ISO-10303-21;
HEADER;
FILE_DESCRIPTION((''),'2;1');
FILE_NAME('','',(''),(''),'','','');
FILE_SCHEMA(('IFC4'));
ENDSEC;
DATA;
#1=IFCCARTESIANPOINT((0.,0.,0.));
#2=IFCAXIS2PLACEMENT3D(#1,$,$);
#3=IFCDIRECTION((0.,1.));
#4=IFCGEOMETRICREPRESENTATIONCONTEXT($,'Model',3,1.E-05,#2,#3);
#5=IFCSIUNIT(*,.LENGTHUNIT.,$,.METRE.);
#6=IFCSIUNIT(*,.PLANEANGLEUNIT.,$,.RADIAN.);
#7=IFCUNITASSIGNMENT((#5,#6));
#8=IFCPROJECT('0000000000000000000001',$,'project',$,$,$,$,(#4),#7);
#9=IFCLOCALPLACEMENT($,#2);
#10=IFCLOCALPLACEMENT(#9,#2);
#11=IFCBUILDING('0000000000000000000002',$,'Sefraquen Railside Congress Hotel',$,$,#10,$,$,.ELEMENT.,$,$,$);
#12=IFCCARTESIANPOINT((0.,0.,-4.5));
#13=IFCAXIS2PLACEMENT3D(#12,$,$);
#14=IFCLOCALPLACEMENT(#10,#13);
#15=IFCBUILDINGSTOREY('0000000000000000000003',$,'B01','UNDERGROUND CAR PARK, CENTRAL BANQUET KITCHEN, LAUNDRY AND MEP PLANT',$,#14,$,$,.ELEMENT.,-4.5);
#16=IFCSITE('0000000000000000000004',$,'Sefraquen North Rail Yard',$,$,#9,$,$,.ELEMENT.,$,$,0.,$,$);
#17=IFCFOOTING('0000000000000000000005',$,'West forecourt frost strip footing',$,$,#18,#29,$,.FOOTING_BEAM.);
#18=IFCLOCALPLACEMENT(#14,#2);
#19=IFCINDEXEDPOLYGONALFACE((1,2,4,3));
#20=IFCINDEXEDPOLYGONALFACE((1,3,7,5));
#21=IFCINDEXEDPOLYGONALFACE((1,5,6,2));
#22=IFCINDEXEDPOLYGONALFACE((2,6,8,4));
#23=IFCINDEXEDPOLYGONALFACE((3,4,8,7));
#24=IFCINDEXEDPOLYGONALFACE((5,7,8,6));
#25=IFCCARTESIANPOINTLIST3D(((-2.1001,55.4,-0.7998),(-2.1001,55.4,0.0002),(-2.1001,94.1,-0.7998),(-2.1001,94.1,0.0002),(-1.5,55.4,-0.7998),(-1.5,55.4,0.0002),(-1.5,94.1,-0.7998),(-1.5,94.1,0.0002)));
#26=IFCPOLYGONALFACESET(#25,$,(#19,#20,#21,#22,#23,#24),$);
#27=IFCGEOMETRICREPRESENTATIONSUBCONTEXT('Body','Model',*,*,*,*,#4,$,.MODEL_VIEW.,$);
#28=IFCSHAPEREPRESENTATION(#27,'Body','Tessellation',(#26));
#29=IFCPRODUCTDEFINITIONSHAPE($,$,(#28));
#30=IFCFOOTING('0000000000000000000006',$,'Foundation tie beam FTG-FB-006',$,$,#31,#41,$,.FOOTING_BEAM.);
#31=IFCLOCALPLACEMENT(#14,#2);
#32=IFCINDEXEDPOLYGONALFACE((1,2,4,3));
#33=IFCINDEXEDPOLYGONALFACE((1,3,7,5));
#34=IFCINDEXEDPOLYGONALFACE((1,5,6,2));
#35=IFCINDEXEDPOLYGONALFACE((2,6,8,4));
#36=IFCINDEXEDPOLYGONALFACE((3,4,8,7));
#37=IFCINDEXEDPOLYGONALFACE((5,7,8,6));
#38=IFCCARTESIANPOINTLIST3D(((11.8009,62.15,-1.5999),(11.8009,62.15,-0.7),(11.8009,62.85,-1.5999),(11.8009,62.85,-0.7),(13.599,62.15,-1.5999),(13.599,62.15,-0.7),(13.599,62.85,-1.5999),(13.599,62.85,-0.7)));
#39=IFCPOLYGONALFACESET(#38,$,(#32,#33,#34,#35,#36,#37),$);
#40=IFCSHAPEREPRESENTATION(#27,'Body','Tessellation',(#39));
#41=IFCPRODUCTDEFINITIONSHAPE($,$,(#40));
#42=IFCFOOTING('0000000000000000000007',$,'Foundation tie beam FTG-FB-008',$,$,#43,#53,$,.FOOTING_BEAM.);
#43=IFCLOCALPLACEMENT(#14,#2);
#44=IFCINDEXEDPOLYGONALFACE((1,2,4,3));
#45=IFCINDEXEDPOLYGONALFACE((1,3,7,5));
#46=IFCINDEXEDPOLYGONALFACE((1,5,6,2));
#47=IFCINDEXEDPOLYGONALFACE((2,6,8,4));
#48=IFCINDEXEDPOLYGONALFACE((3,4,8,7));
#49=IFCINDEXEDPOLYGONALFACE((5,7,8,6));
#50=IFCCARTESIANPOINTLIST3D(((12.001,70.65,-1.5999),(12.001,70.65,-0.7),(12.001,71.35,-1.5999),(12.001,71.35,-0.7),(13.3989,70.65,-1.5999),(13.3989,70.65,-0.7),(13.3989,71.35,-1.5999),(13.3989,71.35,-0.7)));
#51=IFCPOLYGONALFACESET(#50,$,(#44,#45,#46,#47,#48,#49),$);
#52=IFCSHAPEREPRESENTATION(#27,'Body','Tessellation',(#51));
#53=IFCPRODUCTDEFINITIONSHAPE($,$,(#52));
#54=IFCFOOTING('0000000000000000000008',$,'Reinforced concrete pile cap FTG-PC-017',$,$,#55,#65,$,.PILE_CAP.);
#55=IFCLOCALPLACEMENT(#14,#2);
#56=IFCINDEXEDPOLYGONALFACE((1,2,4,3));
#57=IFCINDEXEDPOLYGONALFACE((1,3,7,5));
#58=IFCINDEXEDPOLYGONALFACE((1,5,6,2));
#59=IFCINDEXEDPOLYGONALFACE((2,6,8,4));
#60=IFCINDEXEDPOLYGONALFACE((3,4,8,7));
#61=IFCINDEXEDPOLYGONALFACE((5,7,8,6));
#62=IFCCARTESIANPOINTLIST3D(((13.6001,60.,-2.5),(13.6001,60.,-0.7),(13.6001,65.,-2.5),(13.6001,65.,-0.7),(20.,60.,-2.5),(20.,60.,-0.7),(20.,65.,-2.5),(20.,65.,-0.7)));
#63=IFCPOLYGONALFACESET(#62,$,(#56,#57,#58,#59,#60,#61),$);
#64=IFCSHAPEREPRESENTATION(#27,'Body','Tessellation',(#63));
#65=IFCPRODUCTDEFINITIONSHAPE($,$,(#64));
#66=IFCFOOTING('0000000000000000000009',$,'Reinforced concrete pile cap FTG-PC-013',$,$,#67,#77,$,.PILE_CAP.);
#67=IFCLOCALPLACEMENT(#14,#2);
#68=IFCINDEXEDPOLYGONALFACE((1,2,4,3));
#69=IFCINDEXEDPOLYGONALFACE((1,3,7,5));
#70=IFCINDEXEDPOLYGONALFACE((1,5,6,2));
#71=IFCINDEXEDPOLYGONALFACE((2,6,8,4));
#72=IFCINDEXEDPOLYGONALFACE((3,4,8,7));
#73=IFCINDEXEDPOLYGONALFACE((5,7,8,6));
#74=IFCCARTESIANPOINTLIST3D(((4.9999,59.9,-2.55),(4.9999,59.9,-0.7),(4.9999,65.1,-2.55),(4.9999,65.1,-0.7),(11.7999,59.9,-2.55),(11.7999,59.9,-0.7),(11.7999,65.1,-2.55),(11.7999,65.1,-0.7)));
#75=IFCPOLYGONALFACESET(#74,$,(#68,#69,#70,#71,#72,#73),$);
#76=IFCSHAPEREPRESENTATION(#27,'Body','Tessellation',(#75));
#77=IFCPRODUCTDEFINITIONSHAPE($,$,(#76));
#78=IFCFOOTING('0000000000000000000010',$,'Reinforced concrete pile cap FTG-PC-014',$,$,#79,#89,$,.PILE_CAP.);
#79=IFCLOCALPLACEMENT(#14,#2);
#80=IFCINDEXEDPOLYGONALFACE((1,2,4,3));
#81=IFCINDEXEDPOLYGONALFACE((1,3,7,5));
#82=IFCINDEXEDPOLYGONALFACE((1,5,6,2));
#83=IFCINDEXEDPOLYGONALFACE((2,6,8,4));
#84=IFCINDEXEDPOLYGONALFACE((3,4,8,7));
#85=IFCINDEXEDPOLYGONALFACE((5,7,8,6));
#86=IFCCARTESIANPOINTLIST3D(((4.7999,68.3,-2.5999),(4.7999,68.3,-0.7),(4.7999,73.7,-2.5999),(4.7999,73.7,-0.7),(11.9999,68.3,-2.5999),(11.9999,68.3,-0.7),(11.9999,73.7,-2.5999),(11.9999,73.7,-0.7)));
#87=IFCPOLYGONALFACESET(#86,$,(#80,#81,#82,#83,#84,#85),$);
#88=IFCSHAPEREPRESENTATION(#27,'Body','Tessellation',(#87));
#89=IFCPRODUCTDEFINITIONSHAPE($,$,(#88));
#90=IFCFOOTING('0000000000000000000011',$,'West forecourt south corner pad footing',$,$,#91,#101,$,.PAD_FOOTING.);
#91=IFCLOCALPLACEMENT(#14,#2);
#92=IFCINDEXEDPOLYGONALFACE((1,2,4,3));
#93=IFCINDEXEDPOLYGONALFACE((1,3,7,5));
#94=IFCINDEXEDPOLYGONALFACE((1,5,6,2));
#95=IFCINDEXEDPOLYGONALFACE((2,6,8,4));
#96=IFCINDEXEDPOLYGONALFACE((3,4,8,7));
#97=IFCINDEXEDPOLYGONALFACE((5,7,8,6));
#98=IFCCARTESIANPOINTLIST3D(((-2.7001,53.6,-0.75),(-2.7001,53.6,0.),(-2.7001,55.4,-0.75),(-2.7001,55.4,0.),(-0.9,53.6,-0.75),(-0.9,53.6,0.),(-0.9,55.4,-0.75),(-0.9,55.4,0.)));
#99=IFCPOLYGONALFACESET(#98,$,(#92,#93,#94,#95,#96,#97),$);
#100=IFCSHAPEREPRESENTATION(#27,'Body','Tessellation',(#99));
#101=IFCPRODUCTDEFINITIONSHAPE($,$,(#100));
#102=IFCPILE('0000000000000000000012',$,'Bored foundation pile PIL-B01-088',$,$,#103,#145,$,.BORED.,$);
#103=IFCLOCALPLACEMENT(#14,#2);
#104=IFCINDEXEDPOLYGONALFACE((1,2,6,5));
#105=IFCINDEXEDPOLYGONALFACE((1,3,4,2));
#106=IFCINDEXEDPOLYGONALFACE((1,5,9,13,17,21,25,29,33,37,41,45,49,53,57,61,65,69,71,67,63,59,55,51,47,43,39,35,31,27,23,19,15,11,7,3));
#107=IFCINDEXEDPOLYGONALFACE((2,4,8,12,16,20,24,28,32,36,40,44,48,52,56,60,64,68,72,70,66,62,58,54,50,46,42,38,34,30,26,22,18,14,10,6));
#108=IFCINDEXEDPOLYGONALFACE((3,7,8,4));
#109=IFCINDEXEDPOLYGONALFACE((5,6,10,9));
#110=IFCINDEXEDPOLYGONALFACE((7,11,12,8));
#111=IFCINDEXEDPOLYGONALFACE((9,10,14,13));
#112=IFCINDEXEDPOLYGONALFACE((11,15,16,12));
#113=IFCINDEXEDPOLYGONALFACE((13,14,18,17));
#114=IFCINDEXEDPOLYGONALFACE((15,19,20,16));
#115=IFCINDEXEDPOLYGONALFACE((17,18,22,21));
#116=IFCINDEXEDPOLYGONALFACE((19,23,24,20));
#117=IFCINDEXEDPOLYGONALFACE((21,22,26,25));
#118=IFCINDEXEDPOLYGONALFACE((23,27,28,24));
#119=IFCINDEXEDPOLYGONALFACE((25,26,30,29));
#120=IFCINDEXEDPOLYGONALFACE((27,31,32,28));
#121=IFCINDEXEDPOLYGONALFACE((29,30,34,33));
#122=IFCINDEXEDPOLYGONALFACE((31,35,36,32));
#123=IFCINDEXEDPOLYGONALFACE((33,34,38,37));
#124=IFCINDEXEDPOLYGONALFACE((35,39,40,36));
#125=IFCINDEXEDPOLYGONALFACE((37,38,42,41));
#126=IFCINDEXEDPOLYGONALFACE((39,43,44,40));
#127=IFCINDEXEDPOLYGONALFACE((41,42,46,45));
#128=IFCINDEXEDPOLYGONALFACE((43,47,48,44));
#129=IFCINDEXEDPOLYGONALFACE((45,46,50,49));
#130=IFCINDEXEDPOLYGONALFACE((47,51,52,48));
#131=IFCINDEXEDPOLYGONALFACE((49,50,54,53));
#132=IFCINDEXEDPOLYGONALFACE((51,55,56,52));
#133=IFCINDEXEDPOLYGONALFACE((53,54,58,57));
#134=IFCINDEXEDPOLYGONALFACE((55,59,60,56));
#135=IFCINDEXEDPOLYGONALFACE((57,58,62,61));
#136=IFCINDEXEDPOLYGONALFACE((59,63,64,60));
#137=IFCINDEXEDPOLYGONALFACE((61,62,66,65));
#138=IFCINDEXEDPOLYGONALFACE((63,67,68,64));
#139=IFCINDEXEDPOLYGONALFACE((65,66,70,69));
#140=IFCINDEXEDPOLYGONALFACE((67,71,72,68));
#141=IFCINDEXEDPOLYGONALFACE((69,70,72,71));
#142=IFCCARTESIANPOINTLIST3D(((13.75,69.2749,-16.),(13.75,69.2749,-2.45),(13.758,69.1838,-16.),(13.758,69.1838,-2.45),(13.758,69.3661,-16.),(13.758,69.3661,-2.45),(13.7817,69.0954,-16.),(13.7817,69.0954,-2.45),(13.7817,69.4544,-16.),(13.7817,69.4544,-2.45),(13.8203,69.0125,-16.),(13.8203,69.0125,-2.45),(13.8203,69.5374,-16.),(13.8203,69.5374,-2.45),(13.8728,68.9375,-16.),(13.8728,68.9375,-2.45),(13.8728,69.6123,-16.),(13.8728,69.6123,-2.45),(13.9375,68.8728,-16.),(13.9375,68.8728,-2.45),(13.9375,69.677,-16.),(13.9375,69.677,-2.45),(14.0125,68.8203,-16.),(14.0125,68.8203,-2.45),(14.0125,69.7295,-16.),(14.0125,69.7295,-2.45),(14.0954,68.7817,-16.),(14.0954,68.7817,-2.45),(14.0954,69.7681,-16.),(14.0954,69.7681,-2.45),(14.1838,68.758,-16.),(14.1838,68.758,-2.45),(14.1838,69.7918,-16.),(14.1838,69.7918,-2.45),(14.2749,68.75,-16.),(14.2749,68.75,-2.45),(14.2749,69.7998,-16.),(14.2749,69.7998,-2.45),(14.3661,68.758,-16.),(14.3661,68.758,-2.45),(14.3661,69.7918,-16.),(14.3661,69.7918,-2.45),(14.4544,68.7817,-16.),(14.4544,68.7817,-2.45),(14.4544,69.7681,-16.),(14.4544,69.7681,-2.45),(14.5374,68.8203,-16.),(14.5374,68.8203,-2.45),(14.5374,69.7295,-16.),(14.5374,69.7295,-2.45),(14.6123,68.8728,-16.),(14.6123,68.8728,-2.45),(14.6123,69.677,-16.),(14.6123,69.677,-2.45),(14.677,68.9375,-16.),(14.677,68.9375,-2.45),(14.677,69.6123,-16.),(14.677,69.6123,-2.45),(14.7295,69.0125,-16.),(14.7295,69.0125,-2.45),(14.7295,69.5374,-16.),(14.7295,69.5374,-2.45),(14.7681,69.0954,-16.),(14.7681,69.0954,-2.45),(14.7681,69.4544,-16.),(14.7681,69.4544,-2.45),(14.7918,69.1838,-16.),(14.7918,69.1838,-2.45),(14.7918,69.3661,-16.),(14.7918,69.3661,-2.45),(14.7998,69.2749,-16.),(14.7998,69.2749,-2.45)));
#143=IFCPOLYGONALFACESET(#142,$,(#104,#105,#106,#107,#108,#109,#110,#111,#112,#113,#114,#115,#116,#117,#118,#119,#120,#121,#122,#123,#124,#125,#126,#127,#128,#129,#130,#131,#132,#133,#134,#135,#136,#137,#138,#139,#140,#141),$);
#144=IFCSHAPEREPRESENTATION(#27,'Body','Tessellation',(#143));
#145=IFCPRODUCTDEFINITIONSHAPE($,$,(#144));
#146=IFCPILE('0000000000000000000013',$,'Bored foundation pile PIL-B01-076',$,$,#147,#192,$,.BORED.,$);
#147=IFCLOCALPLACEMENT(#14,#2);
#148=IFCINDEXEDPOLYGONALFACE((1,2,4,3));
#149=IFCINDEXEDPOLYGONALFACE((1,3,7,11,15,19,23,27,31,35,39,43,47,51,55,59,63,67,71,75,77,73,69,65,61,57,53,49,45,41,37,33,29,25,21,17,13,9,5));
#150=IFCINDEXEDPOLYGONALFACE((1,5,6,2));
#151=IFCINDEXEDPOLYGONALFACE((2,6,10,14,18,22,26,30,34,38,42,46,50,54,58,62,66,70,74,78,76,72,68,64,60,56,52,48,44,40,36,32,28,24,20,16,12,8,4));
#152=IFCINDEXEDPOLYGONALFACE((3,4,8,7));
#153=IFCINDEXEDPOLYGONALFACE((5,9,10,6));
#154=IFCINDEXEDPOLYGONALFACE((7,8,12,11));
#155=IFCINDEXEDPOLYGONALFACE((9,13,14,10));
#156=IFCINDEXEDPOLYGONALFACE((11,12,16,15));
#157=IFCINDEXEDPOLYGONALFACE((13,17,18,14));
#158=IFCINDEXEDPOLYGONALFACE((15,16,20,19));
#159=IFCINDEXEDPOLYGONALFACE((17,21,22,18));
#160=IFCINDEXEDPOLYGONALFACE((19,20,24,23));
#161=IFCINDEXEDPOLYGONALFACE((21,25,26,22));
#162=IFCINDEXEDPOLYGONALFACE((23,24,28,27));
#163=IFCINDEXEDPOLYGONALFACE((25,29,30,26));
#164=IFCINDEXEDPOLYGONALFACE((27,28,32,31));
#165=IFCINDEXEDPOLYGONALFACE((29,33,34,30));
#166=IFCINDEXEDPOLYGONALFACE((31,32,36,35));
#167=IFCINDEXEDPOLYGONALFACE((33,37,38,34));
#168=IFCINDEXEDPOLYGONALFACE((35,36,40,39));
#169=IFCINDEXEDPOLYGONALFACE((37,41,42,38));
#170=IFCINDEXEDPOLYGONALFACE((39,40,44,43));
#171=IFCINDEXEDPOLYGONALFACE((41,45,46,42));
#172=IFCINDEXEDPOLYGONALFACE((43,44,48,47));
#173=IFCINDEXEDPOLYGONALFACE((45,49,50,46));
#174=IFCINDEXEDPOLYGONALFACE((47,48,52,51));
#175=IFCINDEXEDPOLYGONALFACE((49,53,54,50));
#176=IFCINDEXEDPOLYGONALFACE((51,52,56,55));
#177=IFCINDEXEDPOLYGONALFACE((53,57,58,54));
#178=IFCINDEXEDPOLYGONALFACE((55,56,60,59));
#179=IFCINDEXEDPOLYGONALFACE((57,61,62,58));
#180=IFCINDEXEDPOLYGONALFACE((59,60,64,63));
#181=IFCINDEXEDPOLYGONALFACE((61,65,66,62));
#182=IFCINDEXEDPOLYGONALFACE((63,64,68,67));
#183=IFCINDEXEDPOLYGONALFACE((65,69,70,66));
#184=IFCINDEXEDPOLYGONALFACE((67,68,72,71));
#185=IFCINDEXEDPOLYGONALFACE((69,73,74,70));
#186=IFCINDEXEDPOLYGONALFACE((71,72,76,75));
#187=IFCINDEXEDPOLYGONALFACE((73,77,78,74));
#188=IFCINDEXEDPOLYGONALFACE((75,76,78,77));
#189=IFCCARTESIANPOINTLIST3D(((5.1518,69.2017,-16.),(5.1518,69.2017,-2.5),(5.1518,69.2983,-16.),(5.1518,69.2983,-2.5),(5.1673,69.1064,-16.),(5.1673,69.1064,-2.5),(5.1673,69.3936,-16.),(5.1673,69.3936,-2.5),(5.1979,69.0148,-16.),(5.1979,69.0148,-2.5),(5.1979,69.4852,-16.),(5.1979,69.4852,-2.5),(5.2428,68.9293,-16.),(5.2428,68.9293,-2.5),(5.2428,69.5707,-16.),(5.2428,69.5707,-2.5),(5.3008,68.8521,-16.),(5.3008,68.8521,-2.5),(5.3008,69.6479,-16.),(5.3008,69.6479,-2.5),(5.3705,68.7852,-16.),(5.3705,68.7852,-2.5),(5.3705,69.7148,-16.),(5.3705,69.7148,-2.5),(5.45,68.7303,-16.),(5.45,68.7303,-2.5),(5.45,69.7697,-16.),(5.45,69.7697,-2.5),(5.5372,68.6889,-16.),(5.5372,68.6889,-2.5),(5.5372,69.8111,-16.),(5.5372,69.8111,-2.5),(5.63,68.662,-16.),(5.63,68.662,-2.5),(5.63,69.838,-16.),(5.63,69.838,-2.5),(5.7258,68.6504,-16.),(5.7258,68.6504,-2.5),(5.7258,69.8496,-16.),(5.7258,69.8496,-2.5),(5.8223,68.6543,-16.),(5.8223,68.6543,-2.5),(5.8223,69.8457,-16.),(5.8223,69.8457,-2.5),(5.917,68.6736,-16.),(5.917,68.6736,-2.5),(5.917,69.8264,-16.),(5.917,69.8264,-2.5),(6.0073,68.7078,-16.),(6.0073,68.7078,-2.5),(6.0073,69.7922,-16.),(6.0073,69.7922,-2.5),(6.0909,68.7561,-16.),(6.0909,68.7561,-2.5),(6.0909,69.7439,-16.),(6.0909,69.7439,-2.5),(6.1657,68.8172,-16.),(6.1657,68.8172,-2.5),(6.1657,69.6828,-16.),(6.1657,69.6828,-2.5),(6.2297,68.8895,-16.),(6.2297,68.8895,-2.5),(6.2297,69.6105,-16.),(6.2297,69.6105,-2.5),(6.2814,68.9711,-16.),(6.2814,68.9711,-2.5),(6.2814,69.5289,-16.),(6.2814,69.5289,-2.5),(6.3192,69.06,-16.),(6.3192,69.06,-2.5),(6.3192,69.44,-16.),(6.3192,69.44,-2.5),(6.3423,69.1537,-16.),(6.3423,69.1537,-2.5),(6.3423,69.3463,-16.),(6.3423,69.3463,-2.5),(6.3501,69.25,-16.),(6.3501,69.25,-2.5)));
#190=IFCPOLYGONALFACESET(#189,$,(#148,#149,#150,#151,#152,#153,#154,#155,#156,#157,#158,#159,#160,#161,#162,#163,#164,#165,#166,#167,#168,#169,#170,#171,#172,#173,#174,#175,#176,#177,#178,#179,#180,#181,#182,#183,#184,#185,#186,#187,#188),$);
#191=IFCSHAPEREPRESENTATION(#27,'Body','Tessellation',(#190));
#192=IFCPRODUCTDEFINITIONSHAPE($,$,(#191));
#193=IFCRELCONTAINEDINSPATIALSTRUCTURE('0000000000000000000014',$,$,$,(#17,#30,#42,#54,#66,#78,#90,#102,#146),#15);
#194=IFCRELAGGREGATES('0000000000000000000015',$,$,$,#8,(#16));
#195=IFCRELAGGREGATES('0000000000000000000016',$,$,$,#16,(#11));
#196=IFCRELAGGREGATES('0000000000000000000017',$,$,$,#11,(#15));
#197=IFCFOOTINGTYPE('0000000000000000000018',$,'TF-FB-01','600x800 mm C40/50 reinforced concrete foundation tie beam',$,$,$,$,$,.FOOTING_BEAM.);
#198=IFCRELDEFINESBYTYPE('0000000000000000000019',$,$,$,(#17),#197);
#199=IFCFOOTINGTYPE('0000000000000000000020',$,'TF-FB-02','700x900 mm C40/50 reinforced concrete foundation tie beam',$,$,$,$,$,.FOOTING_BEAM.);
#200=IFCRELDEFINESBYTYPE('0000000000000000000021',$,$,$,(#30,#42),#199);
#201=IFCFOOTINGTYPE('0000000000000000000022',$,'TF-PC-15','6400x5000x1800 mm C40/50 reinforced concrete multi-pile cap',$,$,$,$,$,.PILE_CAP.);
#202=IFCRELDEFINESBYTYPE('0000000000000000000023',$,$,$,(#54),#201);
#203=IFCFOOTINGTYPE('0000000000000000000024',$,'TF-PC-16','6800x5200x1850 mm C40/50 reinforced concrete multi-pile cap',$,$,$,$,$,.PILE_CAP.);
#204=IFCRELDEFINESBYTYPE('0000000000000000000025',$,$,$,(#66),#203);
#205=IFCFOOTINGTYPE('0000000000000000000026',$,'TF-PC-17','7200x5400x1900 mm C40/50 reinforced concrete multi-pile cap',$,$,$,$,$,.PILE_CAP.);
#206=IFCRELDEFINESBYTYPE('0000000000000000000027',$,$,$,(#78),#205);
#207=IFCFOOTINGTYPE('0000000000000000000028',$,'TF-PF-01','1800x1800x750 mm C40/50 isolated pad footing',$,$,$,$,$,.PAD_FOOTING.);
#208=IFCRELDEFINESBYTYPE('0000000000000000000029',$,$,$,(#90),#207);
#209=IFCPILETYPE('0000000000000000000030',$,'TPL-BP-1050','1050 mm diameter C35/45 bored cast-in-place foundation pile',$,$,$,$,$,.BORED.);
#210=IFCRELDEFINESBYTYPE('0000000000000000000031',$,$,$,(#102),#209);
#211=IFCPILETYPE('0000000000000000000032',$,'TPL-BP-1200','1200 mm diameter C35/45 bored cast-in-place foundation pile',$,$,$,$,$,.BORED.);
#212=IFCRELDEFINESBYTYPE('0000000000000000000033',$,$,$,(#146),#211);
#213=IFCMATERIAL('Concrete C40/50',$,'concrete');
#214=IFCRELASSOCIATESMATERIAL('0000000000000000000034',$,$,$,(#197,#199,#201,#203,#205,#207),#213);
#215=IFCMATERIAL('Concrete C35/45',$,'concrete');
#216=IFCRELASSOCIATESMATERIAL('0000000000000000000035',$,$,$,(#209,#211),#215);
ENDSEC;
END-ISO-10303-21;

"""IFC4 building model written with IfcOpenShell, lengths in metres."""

from ifc_helpers import new_model, si_unit, direction, frame, origin, origin_2d, place, context, subcontext, project, spatial, rectangle, circle, extrude, material, material_profile, profile_set, type_object, element, save


model = new_model("IFC4")

# Units and contexts
model_context = context("Model", 3, precision=1e-05, world=origin(), true_north=direction((0.0, 1.0)))
body_context = subcontext(model_context, "Body", "Model", "MODEL_VIEW")
ifc_project = project(units=[si_unit("LENGTHUNIT", "METRE"), si_unit("PLANEANGLEUNIT", "RADIAN")], contexts=[model_context])

# Site, building, storey
site_placement = place(None, origin())
site = spatial("IfcSite", under=ifc_project, at=site_placement, Name="Sefraquen North Rail Yard", CompositionType="ELEMENT", RefElevation=0.0)
building_placement = place(site_placement, origin())
building = spatial("IfcBuilding", under=site, at=building_placement, Name="Sefraquen Railside Congress Hotel", CompositionType="ELEMENT")
storey_placement = place(building_placement, frame((0.0, 0.0, -4.5)))
storey = spatial("IfcBuildingStorey", under=building, at=storey_placement, Name="B01", Description="UNDERGROUND CAR PARK, CENTRAL BANQUET KITCHEN, LAUNDRY AND MEP PLANT", CompositionType="ELEMENT", Elevation=-4.5)

# Footings
ifc_material_1 = material(Name="Concrete C40/50", Category="concrete")
footing_type_1 = type_object("IfcFootingType", Name="TF-FB-01", Description="600x800 mm C40/50 reinforced concrete foundation tie beam", PredefinedType="FOOTING_BEAM", material=ifc_material_1)
footing_1_placement = place(storey_placement, frame((-1.8, 74.75, -0.7998), z_axis=(0.0, 0.0, 1.0), x_axis=(1.0, 0.0, 0.0)))
element("IfcFooting", 1, at=footing_1_placement, inside=storey, type_object=footing_type_1, Name="West forecourt frost strip footing", PredefinedType="FOOTING_BEAM", context=body_context, shape_type="SweptSolid", body=[
    extrude(rectangle(XDim=0.6001, YDim=38.7, at=origin_2d()), origin(), (0.0, 0.0, 1.0), 0.8),
])
footing_type_2 = type_object("IfcFootingType", Name="TF-FB-02", Description="700x900 mm C40/50 reinforced concrete foundation tie beam", PredefinedType="FOOTING_BEAM", material=ifc_material_1)
footing_2_placement = place(storey_placement, frame((12.7, 62.5, -1.5999), z_axis=(0.0, 0.0, 1.0), x_axis=(1.0, 0.0, 0.0)))
element("IfcFooting", 2, at=footing_2_placement, inside=storey, type_object=footing_type_2, Name="Foundation tie beam FTG-FB-006", PredefinedType="FOOTING_BEAM", context=body_context, shape_type="SweptSolid", body=[
    extrude(rectangle(XDim=1.7981, YDim=0.7, at=origin_2d()), origin(), (0.0, 0.0, 1.0), 0.8999),
])
footing_3_placement = place(storey_placement, frame((12.7, 71.0, -1.5999), z_axis=(0.0, 0.0, 1.0), x_axis=(1.0, 0.0, 0.0)))
element("IfcFooting", 3, at=footing_3_placement, inside=storey, type_object=footing_type_2, Name="Foundation tie beam FTG-FB-008", PredefinedType="FOOTING_BEAM", context=body_context, shape_type="SweptSolid", body=[
    extrude(rectangle(XDim=1.3979, YDim=0.7, at=origin_2d()), origin(), (0.0, 0.0, 1.0), 0.8999),
])
footing_type_3 = type_object("IfcFootingType", Name="TF-PC-15", Description="6400x5000x1800 mm C40/50 reinforced concrete multi-pile cap", PredefinedType="PILE_CAP", material=ifc_material_1)
footing_4_placement = place(storey_placement, frame((16.8, 62.5, -2.5), z_axis=(0.0, 0.0, 1.0), x_axis=(1.0, 0.0, 0.0)))
element("IfcFooting", 4, at=footing_4_placement, inside=storey, type_object=footing_type_3, Name="Reinforced concrete pile cap FTG-PC-017", PredefinedType="PILE_CAP", context=body_context, shape_type="SweptSolid", body=[
    extrude(rectangle(XDim=6.3999, YDim=5.0, at=origin_2d()), origin(), (0.0, 0.0, 1.0), 1.8),
])
footing_type_4 = type_object("IfcFootingType", Name="TF-PC-16", Description="6800x5200x1850 mm C40/50 reinforced concrete multi-pile cap", PredefinedType="PILE_CAP", material=ifc_material_1)
footing_5_placement = place(storey_placement, frame((8.3999, 62.5, -2.55), z_axis=(0.0, 0.0, 1.0), x_axis=(1.0, 0.0, 0.0)))
element("IfcFooting", 5, at=footing_5_placement, inside=storey, type_object=footing_type_4, Name="Reinforced concrete pile cap FTG-PC-013", PredefinedType="PILE_CAP", context=body_context, shape_type="SweptSolid", body=[
    extrude(rectangle(XDim=6.8, YDim=5.2, at=origin_2d()), origin(), (0.0, 0.0, 1.0), 1.8501),
])
footing_type_5 = type_object("IfcFootingType", Name="TF-PC-17", Description="7200x5400x1900 mm C40/50 reinforced concrete multi-pile cap", PredefinedType="PILE_CAP", material=ifc_material_1)
footing_6_placement = place(storey_placement, frame((8.3999, 71.0, -2.5999), z_axis=(0.0, 0.0, 1.0), x_axis=(1.0, 0.0, 0.0)))
element("IfcFooting", 6, at=footing_6_placement, inside=storey, type_object=footing_type_5, Name="Reinforced concrete pile cap FTG-PC-014", PredefinedType="PILE_CAP", context=body_context, shape_type="SweptSolid", body=[
    extrude(rectangle(XDim=7.2, YDim=5.3999, at=origin_2d()), origin(), (0.0, 0.0, 1.0), 1.8999),
])
footing_type_6 = type_object("IfcFootingType", Name="TF-PF-01", Description="1800x1800x750 mm C40/50 isolated pad footing", PredefinedType="PAD_FOOTING", material=ifc_material_1)
footing_7_placement = place(storey_placement, frame((-1.8, 54.5, -0.75), z_axis=(0.0, 0.0, 1.0), x_axis=(1.0, 0.0, 0.0)))
element("IfcFooting", 7, at=footing_7_placement, inside=storey, type_object=footing_type_6, Name="West forecourt south corner pad footing", PredefinedType="PAD_FOOTING", context=body_context, shape_type="SweptSolid", body=[
    extrude(rectangle(XDim=1.8, YDim=1.8, at=origin_2d()), origin(), (0.0, 0.0, 1.0), 0.75),
])

# Piles
ifc_material_2 = material(Name="Concrete C35/45", Category="concrete")
ifc_material_profile_1 = material_profile(ifc_material_2, circle(Radius=0.5249, at=origin_2d()), Name="BORED PILE 1050")
ifc_profile_set_1 = profile_set([ifc_material_profile_1], Name="Concrete C35/45")
pile_type_1 = type_object("IfcPileType", Name="TPL-BP-1050", Description="1050 mm diameter C35/45 bored cast-in-place foundation pile", PredefinedType="BORED", material=ifc_profile_set_1)
pile_1_placement = place(storey_placement, frame((14.2749, 69.2749, -2.45), z_axis=(0.0, 0.0, -1.0), x_axis=(1.0, 0.0, 0.0)))
element("IfcPile", 8, at=pile_1_placement, inside=storey, type_object=pile_type_1, Name="Bored foundation pile PIL-B01-088", PredefinedType="BORED", context=body_context, shape_type="SweptSolid", body=[
    extrude(circle(Radius=0.5249, at=origin_2d()), origin(), (0.0, 0.0, 1.0), 13.55),
])
ifc_material_profile_2 = material_profile(ifc_material_2, circle(Radius=0.6001, at=origin_2d()), Name="BORED PILE 1200")
ifc_profile_set_2 = profile_set([ifc_material_profile_2], Name="Concrete C35/45")
pile_type_2 = type_object("IfcPileType", Name="TPL-BP-1200", Description="1200 mm diameter C35/45 bored cast-in-place foundation pile", PredefinedType="BORED", material=ifc_profile_set_2)
for number, where, z_axis, x_axis, name in (
    (9, (5.75, 69.25, -2.5), (0.0, 0.0, -1.0), (1.0, 0.0, 0.0), "Bored foundation pile PIL-B01-076"),
):
    element("IfcPile", number, at=place(storey_placement, frame(where, z_axis=z_axis, x_axis=x_axis)), inside=storey, type_object=pile_type_2, Name=name, PredefinedType="BORED", context=body_context, shape_type="SweptSolid", body=[
        extrude(circle(Radius=0.6001, at=origin_2d()), origin(), (0.0, 0.0, 1.0), 13.5),
    ])

save(model, "model.ifc")
